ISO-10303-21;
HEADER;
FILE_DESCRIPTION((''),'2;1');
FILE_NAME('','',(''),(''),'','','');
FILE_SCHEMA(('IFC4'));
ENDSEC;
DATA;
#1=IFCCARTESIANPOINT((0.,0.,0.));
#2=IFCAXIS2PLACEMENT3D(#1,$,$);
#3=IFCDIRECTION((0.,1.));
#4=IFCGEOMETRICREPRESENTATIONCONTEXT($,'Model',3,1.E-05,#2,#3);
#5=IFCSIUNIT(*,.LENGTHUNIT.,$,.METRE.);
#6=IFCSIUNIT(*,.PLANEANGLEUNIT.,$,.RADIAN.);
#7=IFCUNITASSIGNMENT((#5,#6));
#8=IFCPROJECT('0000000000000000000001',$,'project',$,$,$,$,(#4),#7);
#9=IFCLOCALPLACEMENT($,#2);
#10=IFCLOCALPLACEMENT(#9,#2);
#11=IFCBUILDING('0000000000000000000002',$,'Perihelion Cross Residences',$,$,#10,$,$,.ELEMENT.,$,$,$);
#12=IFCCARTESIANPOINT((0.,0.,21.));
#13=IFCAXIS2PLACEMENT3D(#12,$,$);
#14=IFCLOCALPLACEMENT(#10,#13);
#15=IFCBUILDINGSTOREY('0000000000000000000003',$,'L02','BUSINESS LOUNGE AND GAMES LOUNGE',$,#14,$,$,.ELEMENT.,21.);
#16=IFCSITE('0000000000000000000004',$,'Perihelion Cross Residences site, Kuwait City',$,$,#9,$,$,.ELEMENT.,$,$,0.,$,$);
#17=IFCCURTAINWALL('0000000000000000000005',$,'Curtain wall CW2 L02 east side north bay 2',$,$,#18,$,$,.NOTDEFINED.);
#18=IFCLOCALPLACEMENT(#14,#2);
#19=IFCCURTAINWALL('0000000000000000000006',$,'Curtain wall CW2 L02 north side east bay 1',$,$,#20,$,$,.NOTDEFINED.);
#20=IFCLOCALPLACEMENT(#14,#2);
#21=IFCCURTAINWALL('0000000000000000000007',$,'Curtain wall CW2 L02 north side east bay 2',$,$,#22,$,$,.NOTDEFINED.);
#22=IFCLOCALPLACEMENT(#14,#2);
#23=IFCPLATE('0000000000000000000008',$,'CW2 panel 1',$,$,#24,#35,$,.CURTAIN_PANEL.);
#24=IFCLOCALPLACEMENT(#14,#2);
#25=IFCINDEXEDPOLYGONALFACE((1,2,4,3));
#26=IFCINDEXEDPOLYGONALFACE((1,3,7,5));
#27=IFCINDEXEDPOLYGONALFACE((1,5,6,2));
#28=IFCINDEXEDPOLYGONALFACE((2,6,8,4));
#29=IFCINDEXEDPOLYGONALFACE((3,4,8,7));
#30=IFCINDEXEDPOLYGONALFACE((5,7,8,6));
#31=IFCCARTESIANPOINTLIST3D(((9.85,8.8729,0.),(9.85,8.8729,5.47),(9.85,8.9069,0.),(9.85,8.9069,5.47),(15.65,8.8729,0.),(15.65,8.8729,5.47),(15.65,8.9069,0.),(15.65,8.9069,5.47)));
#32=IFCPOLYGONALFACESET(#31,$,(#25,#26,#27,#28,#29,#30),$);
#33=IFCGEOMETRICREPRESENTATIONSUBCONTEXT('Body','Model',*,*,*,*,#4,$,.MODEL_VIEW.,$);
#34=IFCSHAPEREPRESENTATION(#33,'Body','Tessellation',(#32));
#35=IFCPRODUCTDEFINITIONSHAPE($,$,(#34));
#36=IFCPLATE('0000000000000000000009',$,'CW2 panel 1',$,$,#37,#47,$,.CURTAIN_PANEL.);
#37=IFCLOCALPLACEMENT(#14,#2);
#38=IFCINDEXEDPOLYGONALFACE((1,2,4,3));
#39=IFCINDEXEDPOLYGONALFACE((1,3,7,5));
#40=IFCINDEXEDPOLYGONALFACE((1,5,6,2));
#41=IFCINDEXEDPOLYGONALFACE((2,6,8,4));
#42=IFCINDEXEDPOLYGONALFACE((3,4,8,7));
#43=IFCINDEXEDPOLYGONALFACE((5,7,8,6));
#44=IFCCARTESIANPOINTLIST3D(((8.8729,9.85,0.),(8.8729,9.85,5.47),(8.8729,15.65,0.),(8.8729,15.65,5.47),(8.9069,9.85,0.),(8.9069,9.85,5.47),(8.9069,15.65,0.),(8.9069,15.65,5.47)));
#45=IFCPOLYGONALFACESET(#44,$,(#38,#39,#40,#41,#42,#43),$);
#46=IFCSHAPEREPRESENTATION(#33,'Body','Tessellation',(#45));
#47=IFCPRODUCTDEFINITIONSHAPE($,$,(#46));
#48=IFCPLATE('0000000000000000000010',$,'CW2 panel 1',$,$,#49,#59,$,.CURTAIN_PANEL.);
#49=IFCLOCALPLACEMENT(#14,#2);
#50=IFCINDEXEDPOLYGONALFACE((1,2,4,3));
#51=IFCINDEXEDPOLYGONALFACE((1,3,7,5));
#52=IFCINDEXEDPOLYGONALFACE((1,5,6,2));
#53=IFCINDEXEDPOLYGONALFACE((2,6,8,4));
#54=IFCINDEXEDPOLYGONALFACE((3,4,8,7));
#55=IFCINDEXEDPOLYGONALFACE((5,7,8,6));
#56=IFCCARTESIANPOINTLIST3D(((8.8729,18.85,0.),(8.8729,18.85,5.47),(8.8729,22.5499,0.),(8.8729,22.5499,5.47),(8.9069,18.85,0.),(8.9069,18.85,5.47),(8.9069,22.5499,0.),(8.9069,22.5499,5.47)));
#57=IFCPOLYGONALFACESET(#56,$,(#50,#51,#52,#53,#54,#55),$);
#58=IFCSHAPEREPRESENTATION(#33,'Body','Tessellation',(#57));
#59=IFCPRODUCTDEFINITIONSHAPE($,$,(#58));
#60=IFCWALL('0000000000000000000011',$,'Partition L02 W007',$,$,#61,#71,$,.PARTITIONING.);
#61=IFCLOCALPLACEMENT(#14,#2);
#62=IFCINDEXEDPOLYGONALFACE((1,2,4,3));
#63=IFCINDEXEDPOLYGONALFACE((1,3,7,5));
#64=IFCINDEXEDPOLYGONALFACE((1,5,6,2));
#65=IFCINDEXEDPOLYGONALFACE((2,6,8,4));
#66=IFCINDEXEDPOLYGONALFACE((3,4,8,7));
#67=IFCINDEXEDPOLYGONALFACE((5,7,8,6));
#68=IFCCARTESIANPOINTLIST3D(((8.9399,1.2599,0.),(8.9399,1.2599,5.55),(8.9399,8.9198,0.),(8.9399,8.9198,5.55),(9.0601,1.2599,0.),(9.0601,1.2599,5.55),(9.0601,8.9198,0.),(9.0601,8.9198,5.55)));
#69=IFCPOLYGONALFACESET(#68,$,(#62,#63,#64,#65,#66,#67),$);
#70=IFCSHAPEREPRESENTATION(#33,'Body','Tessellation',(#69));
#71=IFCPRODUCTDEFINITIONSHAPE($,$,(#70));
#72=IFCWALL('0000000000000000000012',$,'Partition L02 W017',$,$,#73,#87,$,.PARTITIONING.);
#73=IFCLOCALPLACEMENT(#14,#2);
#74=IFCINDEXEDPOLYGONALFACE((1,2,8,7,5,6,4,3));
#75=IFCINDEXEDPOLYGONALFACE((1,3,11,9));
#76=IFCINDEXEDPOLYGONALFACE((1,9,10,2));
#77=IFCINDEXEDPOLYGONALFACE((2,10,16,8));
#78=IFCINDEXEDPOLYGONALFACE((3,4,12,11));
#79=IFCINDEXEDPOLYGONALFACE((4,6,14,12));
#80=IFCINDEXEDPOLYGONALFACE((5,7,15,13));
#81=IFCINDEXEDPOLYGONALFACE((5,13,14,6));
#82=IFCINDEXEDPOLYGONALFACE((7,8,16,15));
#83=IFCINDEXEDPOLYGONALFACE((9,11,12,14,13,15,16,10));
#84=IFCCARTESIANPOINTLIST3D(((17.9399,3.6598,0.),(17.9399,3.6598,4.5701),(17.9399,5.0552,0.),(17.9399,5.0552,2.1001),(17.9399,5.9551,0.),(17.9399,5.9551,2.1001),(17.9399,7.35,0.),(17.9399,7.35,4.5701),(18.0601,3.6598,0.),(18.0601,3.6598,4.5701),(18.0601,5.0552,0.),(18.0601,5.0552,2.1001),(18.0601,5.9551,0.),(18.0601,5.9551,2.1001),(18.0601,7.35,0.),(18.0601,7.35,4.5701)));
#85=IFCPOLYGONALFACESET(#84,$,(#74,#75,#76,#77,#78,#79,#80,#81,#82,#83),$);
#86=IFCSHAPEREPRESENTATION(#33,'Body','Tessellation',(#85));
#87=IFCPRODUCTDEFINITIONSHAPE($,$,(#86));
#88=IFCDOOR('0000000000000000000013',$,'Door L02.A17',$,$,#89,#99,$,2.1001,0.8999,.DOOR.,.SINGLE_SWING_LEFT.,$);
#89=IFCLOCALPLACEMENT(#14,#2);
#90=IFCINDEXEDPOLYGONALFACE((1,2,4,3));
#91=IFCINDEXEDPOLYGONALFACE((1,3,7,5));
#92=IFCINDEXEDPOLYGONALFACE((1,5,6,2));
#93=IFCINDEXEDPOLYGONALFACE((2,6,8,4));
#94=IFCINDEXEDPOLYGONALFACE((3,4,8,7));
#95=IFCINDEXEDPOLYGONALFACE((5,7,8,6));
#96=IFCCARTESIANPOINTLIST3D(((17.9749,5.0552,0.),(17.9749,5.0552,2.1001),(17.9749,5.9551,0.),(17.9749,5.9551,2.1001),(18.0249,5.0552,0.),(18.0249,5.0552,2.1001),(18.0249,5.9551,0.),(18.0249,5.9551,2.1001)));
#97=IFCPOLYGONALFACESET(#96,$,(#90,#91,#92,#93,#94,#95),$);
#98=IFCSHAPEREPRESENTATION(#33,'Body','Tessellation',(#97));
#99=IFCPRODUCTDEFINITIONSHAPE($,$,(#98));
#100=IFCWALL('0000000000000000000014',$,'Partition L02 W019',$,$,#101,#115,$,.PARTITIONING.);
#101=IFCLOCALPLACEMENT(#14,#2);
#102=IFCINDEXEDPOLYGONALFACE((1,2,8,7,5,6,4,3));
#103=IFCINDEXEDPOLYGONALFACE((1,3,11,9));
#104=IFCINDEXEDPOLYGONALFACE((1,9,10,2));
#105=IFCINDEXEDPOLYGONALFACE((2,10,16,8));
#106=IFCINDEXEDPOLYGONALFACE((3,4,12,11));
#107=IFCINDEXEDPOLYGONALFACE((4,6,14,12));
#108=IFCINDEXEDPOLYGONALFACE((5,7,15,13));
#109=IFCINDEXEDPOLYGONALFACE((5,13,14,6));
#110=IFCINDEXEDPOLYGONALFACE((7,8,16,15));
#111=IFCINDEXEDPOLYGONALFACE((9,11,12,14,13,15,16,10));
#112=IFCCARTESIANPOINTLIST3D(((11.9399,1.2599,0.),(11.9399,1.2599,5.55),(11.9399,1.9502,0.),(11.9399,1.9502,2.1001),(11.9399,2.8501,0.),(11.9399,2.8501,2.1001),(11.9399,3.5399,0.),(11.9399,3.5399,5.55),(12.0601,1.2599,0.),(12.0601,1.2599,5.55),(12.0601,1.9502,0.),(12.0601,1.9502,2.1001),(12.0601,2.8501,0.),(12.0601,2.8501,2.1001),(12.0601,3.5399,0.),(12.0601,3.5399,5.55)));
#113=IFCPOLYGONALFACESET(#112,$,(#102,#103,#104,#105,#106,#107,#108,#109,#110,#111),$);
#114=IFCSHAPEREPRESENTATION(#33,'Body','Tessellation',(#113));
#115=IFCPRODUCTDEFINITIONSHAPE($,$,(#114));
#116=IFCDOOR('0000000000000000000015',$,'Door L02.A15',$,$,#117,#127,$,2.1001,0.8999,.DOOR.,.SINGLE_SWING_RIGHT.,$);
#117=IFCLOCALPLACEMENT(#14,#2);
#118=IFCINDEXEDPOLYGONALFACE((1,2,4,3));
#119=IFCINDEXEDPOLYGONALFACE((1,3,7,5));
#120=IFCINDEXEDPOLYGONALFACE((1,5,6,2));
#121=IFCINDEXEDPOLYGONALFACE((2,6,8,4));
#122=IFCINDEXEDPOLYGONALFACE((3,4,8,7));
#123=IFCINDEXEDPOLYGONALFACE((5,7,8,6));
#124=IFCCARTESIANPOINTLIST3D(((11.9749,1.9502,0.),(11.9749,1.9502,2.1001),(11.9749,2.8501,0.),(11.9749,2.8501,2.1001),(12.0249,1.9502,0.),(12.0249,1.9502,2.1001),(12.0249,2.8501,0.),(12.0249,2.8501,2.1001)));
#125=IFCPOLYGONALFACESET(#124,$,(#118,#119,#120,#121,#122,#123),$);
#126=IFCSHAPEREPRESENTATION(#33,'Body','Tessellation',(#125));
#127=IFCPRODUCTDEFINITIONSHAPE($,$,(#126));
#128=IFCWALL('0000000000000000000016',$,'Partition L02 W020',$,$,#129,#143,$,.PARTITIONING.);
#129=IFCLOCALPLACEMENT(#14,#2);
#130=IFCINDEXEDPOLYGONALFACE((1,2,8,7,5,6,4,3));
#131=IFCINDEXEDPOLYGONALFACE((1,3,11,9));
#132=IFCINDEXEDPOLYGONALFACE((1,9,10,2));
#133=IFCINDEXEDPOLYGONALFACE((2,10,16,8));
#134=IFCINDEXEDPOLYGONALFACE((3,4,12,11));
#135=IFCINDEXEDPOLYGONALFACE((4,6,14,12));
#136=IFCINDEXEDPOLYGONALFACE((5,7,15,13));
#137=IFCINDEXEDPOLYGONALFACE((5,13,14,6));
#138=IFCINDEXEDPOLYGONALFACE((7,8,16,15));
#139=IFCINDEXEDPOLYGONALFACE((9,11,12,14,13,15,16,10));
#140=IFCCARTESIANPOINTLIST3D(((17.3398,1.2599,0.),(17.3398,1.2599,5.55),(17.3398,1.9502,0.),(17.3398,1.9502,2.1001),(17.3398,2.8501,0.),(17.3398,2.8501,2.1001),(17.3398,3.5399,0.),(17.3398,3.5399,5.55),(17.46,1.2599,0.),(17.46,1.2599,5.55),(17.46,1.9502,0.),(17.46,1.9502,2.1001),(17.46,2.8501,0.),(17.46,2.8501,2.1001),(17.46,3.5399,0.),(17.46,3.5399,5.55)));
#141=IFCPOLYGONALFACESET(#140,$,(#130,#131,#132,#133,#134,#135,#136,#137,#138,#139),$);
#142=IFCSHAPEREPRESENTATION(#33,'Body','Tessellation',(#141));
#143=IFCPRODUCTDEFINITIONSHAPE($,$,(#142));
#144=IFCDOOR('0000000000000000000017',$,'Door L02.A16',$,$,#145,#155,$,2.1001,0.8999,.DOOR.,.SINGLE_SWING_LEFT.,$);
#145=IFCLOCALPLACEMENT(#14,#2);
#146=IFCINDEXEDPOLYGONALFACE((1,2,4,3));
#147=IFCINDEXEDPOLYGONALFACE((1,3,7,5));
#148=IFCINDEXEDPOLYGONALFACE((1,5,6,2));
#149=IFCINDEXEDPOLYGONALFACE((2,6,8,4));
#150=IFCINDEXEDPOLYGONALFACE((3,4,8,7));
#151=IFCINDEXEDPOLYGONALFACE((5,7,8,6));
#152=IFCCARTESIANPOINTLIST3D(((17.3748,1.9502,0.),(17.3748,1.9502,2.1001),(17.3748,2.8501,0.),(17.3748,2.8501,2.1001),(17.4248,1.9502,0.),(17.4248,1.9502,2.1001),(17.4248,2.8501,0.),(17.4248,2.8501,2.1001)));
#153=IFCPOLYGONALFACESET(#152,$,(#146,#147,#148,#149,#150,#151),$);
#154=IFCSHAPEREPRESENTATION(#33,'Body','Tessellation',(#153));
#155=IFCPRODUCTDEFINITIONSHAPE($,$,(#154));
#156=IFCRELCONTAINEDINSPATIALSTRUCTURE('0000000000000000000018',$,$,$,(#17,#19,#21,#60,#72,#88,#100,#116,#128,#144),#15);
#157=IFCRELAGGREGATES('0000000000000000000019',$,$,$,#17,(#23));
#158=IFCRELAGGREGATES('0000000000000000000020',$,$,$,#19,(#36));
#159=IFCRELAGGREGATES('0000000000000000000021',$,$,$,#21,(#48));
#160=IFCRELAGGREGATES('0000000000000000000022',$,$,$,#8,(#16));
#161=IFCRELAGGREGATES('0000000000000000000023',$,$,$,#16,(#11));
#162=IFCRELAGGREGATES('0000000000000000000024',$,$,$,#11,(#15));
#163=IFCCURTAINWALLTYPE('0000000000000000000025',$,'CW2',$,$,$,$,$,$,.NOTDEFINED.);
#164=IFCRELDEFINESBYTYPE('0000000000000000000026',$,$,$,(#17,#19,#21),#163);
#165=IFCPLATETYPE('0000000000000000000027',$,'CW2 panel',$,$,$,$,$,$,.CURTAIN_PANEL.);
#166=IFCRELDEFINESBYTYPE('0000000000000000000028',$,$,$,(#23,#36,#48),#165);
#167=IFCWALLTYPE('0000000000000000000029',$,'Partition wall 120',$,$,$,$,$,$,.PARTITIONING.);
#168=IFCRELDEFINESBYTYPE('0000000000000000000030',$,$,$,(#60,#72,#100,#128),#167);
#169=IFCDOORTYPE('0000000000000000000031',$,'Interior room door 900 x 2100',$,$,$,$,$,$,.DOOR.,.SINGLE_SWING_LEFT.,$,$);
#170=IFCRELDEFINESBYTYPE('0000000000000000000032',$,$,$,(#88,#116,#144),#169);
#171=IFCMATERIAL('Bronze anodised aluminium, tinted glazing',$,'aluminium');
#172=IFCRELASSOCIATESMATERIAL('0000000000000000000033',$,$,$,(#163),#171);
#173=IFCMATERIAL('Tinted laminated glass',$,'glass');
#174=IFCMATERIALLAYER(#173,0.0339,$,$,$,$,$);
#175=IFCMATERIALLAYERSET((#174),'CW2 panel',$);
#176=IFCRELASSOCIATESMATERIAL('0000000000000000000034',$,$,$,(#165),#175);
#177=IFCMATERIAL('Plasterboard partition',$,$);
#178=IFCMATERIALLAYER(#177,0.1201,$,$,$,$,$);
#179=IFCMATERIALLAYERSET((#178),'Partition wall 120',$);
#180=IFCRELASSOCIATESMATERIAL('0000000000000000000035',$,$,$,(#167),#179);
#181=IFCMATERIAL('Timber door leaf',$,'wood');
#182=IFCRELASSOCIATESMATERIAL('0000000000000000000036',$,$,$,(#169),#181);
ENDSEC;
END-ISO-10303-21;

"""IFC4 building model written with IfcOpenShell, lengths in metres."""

from ifc_helpers import new_model, si_unit, direction, frame, frame_2d, origin, origin_2d, place, context, subcontext, project, spatial, rectangle, extrude, material, layer, layer_set, type_object, element, fill, aggregate, save


model = new_model("IFC4")

# Units and contexts
model_context = context("Model", 3, precision=1e-05, world=origin(), true_north=direction((0.0, 1.0)))
body_context = subcontext(model_context, "Body", "Model", "MODEL_VIEW")
ifc_project = project(units=[si_unit("LENGTHUNIT", "METRE"), si_unit("PLANEANGLEUNIT", "RADIAN")], contexts=[model_context])

# Site, building, storey
site_placement = place(None, origin())
site = spatial("IfcSite", under=ifc_project, at=site_placement, Name="Perihelion Cross Residences site, Kuwait City", CompositionType="ELEMENT", RefElevation=0.0)
building_placement = place(site_placement, origin())
building = spatial("IfcBuilding", under=site, at=building_placement, Name="Perihelion Cross Residences", CompositionType="ELEMENT")
storey_placement = place(building_placement, frame((0.0, 0.0, 21.0)))
storey = spatial("IfcBuildingStorey", under=building, at=storey_placement, Name="L02", Description="BUSINESS LOUNGE AND GAMES LOUNGE", CompositionType="ELEMENT", Elevation=21.0)

# Curtain walls
ifc_material_1 = material(Name="Bronze anodised aluminium, tinted glazing", Category="aluminium")
curtain_wall_type = type_object("IfcCurtainWallType", Name="CW2", PredefinedType="NOTDEFINED", material=ifc_material_1)
curtain_wall_1_placement = place(storey_placement, origin())
curtain_wall_1 = element("IfcCurtainWall", 1, at=curtain_wall_1_placement, inside=storey, type_object=curtain_wall_type, Name="Curtain wall CW2 L02 east side north bay 2", PredefinedType="NOTDEFINED")
curtain_wall_2_placement = place(storey_placement, origin())
curtain_wall_2 = element("IfcCurtainWall", 2, at=curtain_wall_2_placement, inside=storey, type_object=curtain_wall_type, Name="Curtain wall CW2 L02 north side east bay 1", PredefinedType="NOTDEFINED")

# Curtain wall
curtain_wall_3_placement = place(storey_placement, origin())
curtain_wall_3 = element("IfcCurtainWall", 3, at=curtain_wall_3_placement, inside=storey, type_object=curtain_wall_type, Name="Curtain wall CW2 L02 north side east bay 2", PredefinedType="NOTDEFINED")

# Plates
ifc_material_2 = material(Name="Tinted laminated glass", Category="glass")
ifc_layer_1 = layer(ifc_material_2, 0.0339)
ifc_layer_set_1 = layer_set([ifc_layer_1], Name="CW2 panel")
plate_type = type_object("IfcPlateType", Name="CW2 panel", PredefinedType="CURTAIN_PANEL", material=ifc_layer_set_1)
plate_1_placement = place(storey_placement, frame((12.75, 8.8899, 0.0), z_axis=(0.0, 0.0, 1.0), x_axis=(-1.0, 0.0, 0.0)))
plate_1 = element("IfcPlate", 4, at=plate_1_placement, type_object=plate_type, Name="CW2 panel 1", PredefinedType="CURTAIN_PANEL", context=body_context, shape_type="SweptSolid", body=[
    extrude(rectangle(XDim=5.8, YDim=0.0339, at=origin_2d()), origin(), (0.0, 0.0, 1.0), 5.47),
])
aggregate(curtain_wall_1, [plate_1])
plate_2_placement = place(storey_placement, frame((8.8899, 12.75, 0.0), z_axis=(0.0, 0.0, 1.0), x_axis=(0.0, 1.0, 0.0)))
plate_2 = element("IfcPlate", 5, at=plate_2_placement, type_object=plate_type, Name="CW2 panel 1", PredefinedType="CURTAIN_PANEL", context=body_context, shape_type="SweptSolid", body=[
    extrude(rectangle(XDim=5.8, YDim=0.0339, at=origin_2d()), origin(), (0.0, 0.0, 1.0), 5.47),
])
aggregate(curtain_wall_2, [plate_2])
plate_3_placement = place(storey_placement, frame((8.8899, 20.7, 0.0), z_axis=(0.0, 0.0, 1.0), x_axis=(0.0, 1.0, 0.0)))
plate_3 = element("IfcPlate", 6, at=plate_3_placement, type_object=plate_type, Name="CW2 panel 1", PredefinedType="CURTAIN_PANEL", context=body_context, shape_type="SweptSolid", body=[
    extrude(rectangle(XDim=3.7, YDim=0.0339, at=origin_2d()), origin(), (0.0, 0.0, 1.0), 5.47),
])
aggregate(curtain_wall_3, [plate_3])

# Wall
ifc_material_3 = material(Name="Plasterboard partition")
ifc_layer_2 = layer(ifc_material_3, 0.1201)
ifc_layer_set_2 = layer_set([ifc_layer_2], Name="Partition wall 120")
wall_type_1 = type_object("IfcWallType", Name="Partition wall 120", PredefinedType="PARTITIONING", material=ifc_layer_set_2)
wall_1_placement = place(storey_placement, frame((9.0, 8.9199, 0.0), z_axis=(0.0, 0.0, 1.0), x_axis=(0.0, -1.0, 0.0)))
element("IfcWall", 7, at=wall_1_placement, inside=storey, type_object=wall_type_1, Name="Partition L02 W007", PredefinedType="PARTITIONING", context=body_context, shape_type="SweptSolid", body=[
    extrude(rectangle(XDim=7.6599, YDim=0.1201, at=frame_2d((3.8301, 0.0))), origin(), (0.0, 0.0, 1.0), 5.55),
])

# Walls, openings, doors
wall_2_placement = place(storey_placement, frame((18.0, 7.3501, 0.0), z_axis=(0.0, 0.0, 1.0), x_axis=(0.0, -1.0, 0.0)))
wall_2 = element("IfcWall", 8, at=wall_2_placement, inside=storey, type_object=wall_type_1, Name="Partition L02 W017", PredefinedType="PARTITIONING", context=body_context, shape_type="SweptSolid", body=[
    extrude(rectangle(XDim=3.6902, YDim=0.1201, at=frame_2d((1.8452, 0.0))), origin(), (0.0, 0.0, 1.0), 4.5701),
])
opening_1_placement = place(wall_2_placement, frame((1.395, 0.0, 0.0)))
opening_1 = element("IfcOpeningElement", 9, at=opening_1_placement, cuts=wall_2, PredefinedType="OPENING", context=body_context, shape_type="SweptSolid", body=[
    extrude(rectangle(XDim=0.8999, YDim=2.1001, at=frame_2d((0.45, 1.05))), frame((0.0, 0.0701, 0.0), z_axis=(0.0, -1.0, 0.0), x_axis=(1.0, 0.0, 0.0)), (0.0, 0.0, 1.0), 0.1401),
])
ifc_material_4 = material(Name="Timber door leaf", Category="wood")
door_type_1 = type_object("IfcDoorType", Name="Interior room door 900 x 2100", OperationType="SINGLE_SWING_LEFT", PredefinedType="DOOR", material=ifc_material_4)
door_1_placement = place(opening_1_placement, origin())
door_1 = element("IfcDoor", 10, at=door_1_placement, inside=storey, type_object=door_type_1, Name="Door L02.A17", OperationType="SINGLE_SWING_LEFT", OverallHeight=2.1001, OverallWidth=0.8999, PredefinedType="DOOR", context=body_context, shape_type="SweptSolid", body=[
    extrude(rectangle(XDim=0.8999, YDim=2.1001, at=frame_2d((0.45, 1.05))), frame((0.0, 0.0249, 0.0), z_axis=(0.0, -1.0, 0.0), x_axis=(1.0, 0.0, 0.0)), (0.0, 0.0, 1.0), 0.05),
])
fill(opening_1, door_1)
wall_3_placement = place(storey_placement, frame((12.0, 3.54, 0.0), z_axis=(0.0, 0.0, 1.0), x_axis=(0.0, -1.0, 0.0)))
wall_3 = element("IfcWall", 11, at=wall_3_placement, inside=storey, type_object=wall_type_1, Name="Partition L02 W019", PredefinedType="PARTITIONING", context=body_context, shape_type="SweptSolid", body=[
    extrude(rectangle(XDim=2.28, YDim=0.1201, at=frame_2d((1.1401, 0.0))), origin(), (0.0, 0.0, 1.0), 5.55),
])
opening_2_placement = place(wall_3_placement, frame((0.6899, 0.0, 0.0)))
opening_2 = element("IfcOpeningElement", 12, at=opening_2_placement, cuts=wall_3, PredefinedType="OPENING", context=body_context, shape_type="SweptSolid", body=[
    extrude(rectangle(XDim=0.8999, YDim=2.1001, at=frame_2d((0.45, 1.05))), frame((0.0, 0.0701, 0.0), z_axis=(0.0, -1.0, 0.0), x_axis=(1.0, 0.0, 0.0)), (0.0, 0.0, 1.0), 0.1401),
])
door_2_placement = place(opening_2_placement, origin())
door_2 = element("IfcDoor", 13, at=door_2_placement, inside=storey, type_object=door_type_1, Name="Door L02.A15", OperationType="SINGLE_SWING_RIGHT", OverallHeight=2.1001, OverallWidth=0.8999, PredefinedType="DOOR", context=body_context, shape_type="SweptSolid", body=[
    extrude(rectangle(XDim=0.8999, YDim=2.1001, at=frame_2d((0.45, 1.05))), frame((0.0, 0.0249, 0.0), z_axis=(0.0, -1.0, 0.0), x_axis=(1.0, 0.0, 0.0)), (0.0, 0.0, 1.0), 0.05),
])
fill(opening_2, door_2)
wall_4_placement = place(storey_placement, frame((17.3999, 3.54, 0.0), z_axis=(0.0, 0.0, 1.0), x_axis=(0.0, -1.0, 0.0)))
wall_4 = element("IfcWall", 14, at=wall_4_placement, inside=storey, type_object=wall_type_1, Name="Partition L02 W020", PredefinedType="PARTITIONING", context=body_context, shape_type="SweptSolid", body=[
    extrude(rectangle(XDim=2.28, YDim=0.1201, at=frame_2d((1.1401, 0.0))), origin(), (0.0, 0.0, 1.0), 5.55),
])
opening_3_placement = place(wall_4_placement, frame((0.6899, 0.0, 0.0)))
opening_3 = element("IfcOpeningElement", 15, at=opening_3_placement, cuts=wall_4, PredefinedType="OPENING", context=body_context, shape_type="SweptSolid", body=[
    extrude(rectangle(XDim=0.8999, YDim=2.1001, at=frame_2d((0.45, 1.05))), frame((0.0, 0.0701, 0.0), z_axis=(0.0, -1.0, 0.0), x_axis=(1.0, 0.0, 0.0)), (0.0, 0.0, 1.0), 0.1401),
])
door_3_placement = place(opening_3_placement, origin())
door_3 = element("IfcDoor", 16, at=door_3_placement, inside=storey, type_object=door_type_1, Name="Door L02.A16", OperationType="SINGLE_SWING_LEFT", OverallHeight=2.1001, OverallWidth=0.8999, PredefinedType="DOOR", context=body_context, shape_type="SweptSolid", body=[
    extrude(rectangle(XDim=0.8999, YDim=2.1001, at=frame_2d((0.45, 1.05))), frame((0.0, 0.0249, 0.0), z_axis=(0.0, -1.0, 0.0), x_axis=(1.0, 0.0, 0.0)), (0.0, 0.0, 1.0), 0.05),
])
fill(opening_3, door_3)

save(model, "model.ifc")
